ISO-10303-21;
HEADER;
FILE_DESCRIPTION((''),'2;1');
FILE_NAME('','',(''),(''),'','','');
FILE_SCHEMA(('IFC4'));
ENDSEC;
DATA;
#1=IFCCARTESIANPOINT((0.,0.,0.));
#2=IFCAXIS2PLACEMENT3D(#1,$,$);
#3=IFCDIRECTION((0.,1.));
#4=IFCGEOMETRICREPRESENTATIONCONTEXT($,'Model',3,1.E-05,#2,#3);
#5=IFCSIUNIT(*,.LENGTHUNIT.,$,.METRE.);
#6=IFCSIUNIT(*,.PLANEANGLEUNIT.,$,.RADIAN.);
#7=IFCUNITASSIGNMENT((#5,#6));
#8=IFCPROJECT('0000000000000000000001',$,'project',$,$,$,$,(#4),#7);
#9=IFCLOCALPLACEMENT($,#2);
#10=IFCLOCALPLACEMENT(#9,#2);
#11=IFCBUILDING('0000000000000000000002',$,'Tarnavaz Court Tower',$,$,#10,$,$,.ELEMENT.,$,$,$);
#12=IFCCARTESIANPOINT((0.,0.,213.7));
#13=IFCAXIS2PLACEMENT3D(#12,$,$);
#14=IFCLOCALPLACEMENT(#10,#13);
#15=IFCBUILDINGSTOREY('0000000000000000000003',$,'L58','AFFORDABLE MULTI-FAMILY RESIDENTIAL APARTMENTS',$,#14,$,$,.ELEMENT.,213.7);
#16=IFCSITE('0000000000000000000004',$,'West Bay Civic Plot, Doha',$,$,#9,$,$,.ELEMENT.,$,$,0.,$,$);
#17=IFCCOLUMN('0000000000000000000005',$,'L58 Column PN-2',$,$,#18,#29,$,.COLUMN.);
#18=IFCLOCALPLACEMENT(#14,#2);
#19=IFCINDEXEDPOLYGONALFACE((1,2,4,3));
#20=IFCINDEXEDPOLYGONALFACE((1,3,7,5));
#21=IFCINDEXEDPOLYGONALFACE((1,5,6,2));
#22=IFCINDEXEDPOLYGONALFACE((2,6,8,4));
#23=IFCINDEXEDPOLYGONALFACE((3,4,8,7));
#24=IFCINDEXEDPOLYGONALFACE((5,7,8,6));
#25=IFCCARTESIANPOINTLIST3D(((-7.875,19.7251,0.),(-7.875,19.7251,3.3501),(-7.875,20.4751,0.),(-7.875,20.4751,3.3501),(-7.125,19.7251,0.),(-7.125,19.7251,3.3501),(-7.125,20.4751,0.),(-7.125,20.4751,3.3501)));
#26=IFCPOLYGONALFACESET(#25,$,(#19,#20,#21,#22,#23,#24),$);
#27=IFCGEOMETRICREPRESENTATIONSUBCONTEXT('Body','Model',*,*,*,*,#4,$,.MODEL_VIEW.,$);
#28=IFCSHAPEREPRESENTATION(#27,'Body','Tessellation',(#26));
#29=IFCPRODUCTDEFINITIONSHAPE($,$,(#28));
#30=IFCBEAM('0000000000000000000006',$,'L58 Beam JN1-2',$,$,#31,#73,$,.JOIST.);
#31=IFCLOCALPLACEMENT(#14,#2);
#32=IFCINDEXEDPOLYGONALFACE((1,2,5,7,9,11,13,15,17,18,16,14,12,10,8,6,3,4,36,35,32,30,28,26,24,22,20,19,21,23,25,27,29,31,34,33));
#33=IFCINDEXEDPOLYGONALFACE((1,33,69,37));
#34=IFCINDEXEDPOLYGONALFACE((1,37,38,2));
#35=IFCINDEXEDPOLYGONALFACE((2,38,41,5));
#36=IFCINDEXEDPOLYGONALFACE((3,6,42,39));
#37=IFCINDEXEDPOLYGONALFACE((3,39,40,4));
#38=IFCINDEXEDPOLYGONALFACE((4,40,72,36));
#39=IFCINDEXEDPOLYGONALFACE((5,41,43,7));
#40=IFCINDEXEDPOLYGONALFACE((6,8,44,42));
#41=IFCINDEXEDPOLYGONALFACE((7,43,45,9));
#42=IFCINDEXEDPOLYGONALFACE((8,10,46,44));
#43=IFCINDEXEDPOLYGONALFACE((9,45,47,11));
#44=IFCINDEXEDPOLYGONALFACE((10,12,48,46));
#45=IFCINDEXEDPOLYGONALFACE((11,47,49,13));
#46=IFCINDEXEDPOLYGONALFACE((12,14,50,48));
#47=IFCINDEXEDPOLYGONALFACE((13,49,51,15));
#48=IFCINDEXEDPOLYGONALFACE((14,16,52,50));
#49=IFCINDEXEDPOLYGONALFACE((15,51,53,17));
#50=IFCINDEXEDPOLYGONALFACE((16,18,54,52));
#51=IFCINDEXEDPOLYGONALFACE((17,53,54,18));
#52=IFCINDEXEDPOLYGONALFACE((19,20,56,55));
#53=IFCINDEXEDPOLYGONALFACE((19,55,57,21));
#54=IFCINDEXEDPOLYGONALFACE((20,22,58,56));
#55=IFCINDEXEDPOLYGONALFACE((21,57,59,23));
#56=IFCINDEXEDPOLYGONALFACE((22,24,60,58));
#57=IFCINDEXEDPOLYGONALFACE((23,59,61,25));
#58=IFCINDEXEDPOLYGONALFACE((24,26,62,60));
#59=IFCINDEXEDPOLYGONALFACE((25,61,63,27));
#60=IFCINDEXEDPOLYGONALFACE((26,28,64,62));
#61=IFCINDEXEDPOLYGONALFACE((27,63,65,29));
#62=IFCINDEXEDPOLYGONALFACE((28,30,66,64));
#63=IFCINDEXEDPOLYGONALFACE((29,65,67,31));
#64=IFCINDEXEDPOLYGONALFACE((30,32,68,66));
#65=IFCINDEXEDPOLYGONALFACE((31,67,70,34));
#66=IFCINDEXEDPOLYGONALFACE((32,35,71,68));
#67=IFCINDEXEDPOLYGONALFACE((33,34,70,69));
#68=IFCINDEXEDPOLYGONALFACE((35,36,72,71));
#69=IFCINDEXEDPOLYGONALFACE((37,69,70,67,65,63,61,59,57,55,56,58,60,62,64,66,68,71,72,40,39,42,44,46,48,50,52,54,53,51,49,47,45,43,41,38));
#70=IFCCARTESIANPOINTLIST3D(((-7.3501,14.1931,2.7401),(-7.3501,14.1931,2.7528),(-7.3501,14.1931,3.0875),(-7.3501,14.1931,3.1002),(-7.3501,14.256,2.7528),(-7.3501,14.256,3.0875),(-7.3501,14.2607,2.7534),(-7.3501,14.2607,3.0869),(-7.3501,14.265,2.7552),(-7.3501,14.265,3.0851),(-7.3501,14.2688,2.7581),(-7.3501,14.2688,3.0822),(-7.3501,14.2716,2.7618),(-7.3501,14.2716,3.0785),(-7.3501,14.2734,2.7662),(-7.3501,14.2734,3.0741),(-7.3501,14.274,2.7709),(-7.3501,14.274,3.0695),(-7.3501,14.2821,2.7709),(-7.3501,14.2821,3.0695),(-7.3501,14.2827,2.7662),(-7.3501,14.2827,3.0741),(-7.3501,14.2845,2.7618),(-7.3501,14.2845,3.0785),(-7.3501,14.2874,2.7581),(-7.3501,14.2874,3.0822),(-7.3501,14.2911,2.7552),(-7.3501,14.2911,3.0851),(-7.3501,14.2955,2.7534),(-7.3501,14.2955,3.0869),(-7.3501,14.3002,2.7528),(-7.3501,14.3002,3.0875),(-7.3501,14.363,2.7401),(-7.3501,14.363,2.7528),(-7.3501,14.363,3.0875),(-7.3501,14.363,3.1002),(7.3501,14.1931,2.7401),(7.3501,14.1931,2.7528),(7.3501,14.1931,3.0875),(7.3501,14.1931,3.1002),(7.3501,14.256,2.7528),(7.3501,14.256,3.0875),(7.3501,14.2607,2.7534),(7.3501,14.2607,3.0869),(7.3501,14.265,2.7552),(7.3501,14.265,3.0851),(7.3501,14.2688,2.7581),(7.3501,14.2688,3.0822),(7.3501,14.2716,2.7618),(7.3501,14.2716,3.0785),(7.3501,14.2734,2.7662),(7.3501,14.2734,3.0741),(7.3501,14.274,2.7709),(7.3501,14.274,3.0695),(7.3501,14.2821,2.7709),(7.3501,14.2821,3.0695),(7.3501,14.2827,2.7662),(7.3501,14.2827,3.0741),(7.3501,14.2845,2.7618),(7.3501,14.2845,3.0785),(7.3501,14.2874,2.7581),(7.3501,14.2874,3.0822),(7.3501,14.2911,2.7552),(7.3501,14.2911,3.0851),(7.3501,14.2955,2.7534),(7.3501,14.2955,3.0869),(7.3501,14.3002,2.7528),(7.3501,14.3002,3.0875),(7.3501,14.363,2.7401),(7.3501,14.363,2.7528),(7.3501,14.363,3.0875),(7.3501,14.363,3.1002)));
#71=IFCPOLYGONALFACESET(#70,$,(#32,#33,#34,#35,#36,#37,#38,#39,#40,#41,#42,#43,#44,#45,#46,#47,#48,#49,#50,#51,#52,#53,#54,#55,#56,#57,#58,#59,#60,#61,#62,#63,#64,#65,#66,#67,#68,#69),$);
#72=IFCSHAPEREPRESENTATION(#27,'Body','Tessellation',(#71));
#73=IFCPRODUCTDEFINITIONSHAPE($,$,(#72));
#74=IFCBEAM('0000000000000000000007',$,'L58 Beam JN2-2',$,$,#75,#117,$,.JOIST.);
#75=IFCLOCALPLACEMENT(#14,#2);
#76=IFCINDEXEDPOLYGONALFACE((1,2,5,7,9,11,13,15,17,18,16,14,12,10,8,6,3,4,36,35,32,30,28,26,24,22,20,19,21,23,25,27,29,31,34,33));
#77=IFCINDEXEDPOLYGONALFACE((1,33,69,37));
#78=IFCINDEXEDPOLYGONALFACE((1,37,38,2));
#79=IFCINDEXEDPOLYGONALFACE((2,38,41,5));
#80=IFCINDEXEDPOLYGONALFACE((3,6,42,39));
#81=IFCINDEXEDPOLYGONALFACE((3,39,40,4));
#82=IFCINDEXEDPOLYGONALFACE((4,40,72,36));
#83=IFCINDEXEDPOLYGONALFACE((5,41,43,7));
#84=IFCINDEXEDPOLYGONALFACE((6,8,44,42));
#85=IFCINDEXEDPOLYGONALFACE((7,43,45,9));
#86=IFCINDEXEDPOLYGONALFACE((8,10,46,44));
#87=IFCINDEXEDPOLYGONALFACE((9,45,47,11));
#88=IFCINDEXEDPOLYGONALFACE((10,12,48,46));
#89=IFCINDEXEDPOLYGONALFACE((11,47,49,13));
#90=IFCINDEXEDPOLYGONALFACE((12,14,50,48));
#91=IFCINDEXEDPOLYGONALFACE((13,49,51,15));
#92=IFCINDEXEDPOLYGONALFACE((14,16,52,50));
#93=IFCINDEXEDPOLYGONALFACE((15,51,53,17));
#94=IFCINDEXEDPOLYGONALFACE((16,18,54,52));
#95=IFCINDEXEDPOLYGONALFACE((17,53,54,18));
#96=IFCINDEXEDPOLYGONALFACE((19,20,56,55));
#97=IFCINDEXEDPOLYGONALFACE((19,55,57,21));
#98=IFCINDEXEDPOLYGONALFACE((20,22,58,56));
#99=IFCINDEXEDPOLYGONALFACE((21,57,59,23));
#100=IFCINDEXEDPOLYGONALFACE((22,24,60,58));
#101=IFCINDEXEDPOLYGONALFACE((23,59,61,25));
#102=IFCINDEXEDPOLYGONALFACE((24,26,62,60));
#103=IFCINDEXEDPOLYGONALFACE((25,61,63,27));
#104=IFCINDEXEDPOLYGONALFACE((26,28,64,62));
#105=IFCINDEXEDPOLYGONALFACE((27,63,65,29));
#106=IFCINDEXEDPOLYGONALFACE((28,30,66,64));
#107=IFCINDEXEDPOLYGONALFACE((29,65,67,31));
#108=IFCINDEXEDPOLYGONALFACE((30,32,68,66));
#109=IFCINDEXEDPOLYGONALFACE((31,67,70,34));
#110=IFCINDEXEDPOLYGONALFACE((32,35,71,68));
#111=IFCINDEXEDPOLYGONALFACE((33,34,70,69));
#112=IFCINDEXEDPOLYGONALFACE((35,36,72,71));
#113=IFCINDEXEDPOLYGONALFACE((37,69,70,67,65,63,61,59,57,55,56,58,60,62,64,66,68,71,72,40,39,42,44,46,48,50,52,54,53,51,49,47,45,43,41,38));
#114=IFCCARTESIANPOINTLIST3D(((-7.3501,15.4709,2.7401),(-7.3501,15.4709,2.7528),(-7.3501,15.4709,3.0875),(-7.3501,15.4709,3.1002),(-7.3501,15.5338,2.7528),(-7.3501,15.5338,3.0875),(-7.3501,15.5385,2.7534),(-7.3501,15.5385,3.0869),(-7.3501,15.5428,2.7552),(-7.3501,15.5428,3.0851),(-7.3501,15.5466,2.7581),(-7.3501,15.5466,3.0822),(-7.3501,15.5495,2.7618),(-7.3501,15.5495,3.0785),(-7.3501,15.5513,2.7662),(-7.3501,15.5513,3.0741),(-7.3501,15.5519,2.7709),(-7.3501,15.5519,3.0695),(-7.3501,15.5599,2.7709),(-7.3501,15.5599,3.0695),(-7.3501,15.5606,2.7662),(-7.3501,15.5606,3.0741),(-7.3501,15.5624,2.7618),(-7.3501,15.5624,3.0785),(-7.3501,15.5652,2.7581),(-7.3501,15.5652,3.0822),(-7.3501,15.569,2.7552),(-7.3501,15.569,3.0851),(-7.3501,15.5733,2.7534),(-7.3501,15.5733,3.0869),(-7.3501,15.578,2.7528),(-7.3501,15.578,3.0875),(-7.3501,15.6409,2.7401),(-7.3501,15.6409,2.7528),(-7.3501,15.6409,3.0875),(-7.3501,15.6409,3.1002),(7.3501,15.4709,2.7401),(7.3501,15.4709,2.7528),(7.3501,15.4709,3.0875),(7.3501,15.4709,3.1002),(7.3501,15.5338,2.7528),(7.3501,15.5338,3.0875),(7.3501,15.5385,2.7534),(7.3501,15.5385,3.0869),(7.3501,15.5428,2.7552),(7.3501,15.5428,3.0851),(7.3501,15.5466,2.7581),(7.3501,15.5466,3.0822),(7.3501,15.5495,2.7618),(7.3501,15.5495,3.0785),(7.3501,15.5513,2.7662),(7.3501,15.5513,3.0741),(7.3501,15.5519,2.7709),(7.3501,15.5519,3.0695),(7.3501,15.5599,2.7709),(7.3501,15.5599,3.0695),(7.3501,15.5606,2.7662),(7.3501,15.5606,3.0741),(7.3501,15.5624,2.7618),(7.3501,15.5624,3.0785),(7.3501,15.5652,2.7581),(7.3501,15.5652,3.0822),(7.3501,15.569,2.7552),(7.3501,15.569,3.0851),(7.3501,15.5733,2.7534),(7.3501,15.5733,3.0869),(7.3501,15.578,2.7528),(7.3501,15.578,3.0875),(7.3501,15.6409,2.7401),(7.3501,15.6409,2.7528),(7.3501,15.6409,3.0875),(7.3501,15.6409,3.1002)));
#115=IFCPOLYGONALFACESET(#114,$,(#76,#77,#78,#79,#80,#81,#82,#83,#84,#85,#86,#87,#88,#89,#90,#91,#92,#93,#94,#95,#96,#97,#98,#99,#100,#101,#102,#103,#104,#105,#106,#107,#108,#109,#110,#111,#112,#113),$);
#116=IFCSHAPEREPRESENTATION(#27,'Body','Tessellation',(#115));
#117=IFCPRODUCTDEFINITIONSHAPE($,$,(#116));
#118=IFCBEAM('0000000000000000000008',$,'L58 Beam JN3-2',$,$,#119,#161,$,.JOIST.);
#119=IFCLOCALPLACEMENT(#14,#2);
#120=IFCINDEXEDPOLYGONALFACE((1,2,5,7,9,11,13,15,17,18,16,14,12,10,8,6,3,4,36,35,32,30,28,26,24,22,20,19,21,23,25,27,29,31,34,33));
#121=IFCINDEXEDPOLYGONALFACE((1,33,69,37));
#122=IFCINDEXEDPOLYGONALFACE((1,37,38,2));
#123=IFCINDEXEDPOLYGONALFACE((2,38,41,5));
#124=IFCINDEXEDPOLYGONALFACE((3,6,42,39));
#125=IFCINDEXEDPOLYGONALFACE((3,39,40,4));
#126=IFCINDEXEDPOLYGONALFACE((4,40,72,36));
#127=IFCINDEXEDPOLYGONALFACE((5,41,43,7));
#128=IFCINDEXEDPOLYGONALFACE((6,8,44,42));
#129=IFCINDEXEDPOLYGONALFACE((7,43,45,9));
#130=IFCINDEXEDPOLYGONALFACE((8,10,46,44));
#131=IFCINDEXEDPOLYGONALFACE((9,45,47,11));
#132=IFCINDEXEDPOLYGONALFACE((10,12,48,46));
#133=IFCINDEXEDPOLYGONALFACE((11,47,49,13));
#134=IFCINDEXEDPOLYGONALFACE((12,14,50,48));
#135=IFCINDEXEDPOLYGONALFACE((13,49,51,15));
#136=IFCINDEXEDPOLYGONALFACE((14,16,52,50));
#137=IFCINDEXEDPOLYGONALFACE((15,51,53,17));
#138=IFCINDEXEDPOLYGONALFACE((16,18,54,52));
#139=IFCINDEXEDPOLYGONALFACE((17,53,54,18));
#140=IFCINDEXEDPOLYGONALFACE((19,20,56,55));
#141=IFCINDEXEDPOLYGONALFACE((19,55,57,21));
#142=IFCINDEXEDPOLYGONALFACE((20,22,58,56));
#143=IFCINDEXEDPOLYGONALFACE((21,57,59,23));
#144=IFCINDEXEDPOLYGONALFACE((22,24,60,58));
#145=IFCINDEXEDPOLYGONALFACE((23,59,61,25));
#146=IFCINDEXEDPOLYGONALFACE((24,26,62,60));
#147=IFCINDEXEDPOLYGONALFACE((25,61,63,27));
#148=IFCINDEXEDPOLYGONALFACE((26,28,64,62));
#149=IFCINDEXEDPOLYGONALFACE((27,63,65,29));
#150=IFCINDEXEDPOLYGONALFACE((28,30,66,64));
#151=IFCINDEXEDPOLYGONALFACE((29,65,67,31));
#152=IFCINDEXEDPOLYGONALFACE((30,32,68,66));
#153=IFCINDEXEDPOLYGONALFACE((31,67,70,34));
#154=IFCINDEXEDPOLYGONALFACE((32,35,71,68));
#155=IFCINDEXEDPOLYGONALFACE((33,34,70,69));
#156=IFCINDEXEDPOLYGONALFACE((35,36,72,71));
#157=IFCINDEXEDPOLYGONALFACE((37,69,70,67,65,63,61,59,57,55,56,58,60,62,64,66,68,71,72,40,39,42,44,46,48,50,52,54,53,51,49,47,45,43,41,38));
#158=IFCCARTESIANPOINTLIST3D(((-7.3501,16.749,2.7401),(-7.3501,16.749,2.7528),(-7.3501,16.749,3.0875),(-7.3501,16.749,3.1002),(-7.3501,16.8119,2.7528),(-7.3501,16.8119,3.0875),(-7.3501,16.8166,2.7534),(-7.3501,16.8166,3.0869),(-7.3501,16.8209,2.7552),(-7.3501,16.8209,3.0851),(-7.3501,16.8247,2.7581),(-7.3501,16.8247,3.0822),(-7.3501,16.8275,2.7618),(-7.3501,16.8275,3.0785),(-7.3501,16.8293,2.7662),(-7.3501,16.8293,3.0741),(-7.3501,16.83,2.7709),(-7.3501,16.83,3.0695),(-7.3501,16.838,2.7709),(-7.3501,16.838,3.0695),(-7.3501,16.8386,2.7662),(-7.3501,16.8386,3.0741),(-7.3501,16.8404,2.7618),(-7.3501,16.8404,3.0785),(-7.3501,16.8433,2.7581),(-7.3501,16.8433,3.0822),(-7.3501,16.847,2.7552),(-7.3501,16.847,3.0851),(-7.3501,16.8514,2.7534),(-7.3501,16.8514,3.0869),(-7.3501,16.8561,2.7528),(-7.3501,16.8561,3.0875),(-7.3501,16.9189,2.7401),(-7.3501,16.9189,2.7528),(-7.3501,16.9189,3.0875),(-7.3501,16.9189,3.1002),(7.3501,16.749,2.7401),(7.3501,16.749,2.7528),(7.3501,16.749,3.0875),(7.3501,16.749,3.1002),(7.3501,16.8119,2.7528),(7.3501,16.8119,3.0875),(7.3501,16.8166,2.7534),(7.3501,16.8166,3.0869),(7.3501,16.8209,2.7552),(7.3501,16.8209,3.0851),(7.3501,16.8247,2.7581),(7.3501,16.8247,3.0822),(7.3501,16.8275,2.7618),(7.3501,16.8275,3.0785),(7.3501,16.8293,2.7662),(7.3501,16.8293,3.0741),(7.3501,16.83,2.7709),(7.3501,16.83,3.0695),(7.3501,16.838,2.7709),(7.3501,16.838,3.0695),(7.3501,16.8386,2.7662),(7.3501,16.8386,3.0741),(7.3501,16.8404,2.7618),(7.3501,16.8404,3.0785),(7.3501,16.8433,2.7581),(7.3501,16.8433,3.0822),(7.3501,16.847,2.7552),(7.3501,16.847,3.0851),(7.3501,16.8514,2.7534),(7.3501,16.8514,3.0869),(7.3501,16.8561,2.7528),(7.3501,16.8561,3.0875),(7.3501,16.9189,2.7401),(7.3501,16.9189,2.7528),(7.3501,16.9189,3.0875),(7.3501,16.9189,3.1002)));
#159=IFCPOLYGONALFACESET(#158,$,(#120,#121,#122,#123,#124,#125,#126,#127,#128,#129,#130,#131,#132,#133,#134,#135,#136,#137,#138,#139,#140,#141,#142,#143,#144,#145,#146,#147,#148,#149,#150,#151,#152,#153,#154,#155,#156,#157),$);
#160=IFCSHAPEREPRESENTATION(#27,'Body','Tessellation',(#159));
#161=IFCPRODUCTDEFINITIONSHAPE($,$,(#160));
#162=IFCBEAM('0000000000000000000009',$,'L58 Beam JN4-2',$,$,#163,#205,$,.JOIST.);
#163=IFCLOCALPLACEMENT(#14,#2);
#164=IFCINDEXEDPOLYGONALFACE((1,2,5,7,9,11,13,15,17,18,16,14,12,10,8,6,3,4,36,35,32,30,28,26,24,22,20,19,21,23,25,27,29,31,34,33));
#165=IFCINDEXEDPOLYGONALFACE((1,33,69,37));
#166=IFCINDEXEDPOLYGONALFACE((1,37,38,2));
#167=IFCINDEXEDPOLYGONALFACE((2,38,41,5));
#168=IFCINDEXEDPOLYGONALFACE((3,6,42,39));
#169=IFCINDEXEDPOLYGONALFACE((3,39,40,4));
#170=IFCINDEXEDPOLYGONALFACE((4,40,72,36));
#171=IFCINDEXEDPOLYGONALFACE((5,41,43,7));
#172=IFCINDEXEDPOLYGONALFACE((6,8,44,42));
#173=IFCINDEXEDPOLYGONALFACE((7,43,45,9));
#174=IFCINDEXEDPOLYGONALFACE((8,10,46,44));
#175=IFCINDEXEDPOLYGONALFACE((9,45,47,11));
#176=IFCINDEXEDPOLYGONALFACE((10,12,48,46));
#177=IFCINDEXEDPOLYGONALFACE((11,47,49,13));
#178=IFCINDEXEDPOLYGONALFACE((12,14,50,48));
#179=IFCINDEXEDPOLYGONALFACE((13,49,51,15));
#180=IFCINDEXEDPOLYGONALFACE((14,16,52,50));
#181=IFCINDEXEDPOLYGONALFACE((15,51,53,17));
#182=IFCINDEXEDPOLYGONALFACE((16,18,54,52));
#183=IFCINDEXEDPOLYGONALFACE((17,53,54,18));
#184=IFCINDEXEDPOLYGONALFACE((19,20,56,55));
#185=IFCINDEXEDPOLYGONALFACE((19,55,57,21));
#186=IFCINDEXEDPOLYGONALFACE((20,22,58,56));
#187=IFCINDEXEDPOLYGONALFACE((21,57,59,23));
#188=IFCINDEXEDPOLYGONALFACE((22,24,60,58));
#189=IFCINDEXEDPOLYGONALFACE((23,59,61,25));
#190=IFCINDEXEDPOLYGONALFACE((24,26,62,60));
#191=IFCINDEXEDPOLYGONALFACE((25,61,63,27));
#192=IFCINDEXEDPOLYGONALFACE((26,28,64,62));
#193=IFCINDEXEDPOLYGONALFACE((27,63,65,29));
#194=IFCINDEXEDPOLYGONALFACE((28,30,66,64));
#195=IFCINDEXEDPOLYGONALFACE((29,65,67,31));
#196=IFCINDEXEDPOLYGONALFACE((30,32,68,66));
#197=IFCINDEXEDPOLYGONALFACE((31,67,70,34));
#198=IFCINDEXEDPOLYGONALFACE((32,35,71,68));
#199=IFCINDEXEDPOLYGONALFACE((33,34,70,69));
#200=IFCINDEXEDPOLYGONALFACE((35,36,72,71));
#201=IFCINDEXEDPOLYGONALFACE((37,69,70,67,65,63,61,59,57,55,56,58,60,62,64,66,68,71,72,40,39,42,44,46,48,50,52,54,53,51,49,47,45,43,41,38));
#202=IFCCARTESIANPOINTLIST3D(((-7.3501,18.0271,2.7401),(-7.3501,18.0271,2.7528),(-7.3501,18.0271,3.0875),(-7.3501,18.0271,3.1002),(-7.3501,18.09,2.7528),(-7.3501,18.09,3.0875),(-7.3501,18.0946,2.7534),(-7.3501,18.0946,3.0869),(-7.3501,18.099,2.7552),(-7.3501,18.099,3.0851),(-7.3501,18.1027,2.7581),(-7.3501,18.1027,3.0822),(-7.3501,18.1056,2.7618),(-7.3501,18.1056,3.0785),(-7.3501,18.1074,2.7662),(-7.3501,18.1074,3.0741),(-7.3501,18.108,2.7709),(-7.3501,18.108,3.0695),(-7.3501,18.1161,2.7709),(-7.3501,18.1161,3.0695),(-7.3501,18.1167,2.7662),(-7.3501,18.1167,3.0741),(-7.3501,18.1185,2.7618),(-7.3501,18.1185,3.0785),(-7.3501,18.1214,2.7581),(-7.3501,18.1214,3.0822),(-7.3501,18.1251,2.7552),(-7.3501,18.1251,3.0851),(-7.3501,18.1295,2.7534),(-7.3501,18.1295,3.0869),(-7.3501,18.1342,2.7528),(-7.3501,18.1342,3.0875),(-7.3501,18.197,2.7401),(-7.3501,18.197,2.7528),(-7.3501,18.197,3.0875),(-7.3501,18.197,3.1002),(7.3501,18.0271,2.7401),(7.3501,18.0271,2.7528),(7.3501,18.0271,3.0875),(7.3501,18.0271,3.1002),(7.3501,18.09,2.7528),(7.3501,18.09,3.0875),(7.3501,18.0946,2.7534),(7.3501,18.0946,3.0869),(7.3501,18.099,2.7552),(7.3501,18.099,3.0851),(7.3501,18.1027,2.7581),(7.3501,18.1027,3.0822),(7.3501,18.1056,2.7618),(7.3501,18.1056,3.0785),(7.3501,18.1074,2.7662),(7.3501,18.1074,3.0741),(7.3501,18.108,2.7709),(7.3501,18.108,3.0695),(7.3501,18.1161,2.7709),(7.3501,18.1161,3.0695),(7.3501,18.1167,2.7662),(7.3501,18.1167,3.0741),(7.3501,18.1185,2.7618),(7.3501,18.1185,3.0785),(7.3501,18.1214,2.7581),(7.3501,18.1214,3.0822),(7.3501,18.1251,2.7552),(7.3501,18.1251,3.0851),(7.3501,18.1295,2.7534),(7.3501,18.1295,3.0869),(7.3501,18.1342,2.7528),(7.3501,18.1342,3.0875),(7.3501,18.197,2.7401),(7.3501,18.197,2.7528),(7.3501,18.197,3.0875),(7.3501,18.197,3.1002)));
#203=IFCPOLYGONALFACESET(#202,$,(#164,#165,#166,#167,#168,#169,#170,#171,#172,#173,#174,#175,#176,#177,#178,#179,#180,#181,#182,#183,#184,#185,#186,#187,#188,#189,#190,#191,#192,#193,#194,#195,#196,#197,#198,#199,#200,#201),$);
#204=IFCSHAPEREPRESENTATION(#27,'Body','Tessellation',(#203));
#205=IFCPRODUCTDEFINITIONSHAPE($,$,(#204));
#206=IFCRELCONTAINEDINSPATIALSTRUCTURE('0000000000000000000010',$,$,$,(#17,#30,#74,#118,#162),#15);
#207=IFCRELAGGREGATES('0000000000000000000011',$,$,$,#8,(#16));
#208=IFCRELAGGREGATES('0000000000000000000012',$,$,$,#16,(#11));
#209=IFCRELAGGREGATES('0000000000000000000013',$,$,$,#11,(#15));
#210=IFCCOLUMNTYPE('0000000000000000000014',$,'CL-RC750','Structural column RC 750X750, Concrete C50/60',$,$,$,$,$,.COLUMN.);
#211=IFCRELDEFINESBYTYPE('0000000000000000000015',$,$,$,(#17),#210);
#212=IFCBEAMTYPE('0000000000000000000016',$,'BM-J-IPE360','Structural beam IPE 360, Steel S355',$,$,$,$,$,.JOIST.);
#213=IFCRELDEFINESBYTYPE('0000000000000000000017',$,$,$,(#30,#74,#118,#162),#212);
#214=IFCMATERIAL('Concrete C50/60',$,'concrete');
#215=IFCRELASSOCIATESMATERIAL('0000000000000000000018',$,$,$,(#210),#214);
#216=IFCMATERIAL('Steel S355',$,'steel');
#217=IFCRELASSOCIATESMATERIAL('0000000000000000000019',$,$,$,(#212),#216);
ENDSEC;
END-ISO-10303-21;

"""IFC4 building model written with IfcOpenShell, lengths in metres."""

from ifc_helpers import new_model, si_unit, direction, frame, origin, origin_2d, place, context, subcontext, project, spatial, rectangle, i_section, extrude, material, material_profile, profile_set, type_object, element, save


model = new_model("IFC4")

# Units and contexts
model_context = context("Model", 3, precision=1e-05, world=origin(), true_north=direction((0.0, 1.0)))
body_context = subcontext(model_context, "Body", "Model", "MODEL_VIEW")
ifc_project = project(units=[si_unit("LENGTHUNIT", "METRE"), si_unit("PLANEANGLEUNIT", "RADIAN")], contexts=[model_context])

# Site, building, storey
site_placement = place(None, origin())
site = spatial("IfcSite", under=ifc_project, at=site_placement, Name="West Bay Civic Plot, Doha", CompositionType="ELEMENT", RefElevation=0.0)
building_placement = place(site_placement, origin())
building = spatial("IfcBuilding", under=site, at=building_placement, Name="Tarnavaz Court Tower", CompositionType="ELEMENT")
storey_placement = place(building_placement, frame((0.0, 0.0, 213.7)))
storey = spatial("IfcBuildingStorey", under=building, at=storey_placement, Name="L58", Description="AFFORDABLE MULTI-FAMILY RESIDENTIAL APARTMENTS", CompositionType="ELEMENT", Elevation=213.7)

# Column
ifc_material_1 = material(Name="Concrete C50/60", Category="concrete")
ifc_material_profile_1 = material_profile(ifc_material_1, rectangle(XDim=0.75, YDim=0.75, at=origin_2d()), Name="RC 750X750")
ifc_profile_set_1 = profile_set([ifc_material_profile_1], Name="Concrete C50/60")
column_type = type_object("IfcColumnType", Name="CL-RC750", Description="Structural column RC 750X750, Concrete C50/60", PredefinedType="COLUMN", material=ifc_profile_set_1)
column_placement = place(storey_placement, frame((-7.5, 20.1001, 0.0), z_axis=(0.0, 0.0, 1.0), x_axis=(1.0, 0.0, 0.0)))
element("IfcColumn", 1, at=column_placement, inside=storey, type_object=column_type, Name="L58 Column PN-2", PredefinedType="COLUMN", context=body_context, shape_type="SweptSolid", body=[
    extrude(rectangle(XDim=0.75, YDim=0.75, at=origin_2d()), origin(), (0.0, 0.0, 1.0), 3.3501),
])

# Beams
ifc_material_2 = material(Name="Steel S355", Category="steel")
ifc_material_profile_2 = material_profile(ifc_material_2, i_section(OverallWidth=0.1699, OverallDepth=0.3601, WebThickness=0.0081, FlangeThickness=0.0127, FilletRadius=0.0181, at=origin_2d()), Name="IPE 360")
ifc_profile_set_2 = profile_set([ifc_material_profile_2], Name="Steel S355")
beam_type_1 = type_object("IfcBeamType", Name="BM-J-IPE360", Description="Structural beam IPE 360, Steel S355", PredefinedType="JOIST", material=ifc_profile_set_2)
for number, where, z_axis, x_axis, name in (
    (2, (-7.3501, 14.2781, 2.9202), (1.0, 0.0, 0.0), (0.0, 1.0, 0.0), "L58 Beam JN1-2"),
    (3, (-7.3501, 15.5559, 2.9202), (1.0, 0.0, 0.0), (0.0, 1.0, 0.0), "L58 Beam JN2-2"),
    (4, (-7.3501, 16.834, 2.9202), (1.0, 0.0, 0.0), (0.0, 1.0, 0.0), "L58 Beam JN3-2"),
    (5, (-7.3501, 18.1121, 2.9202), (1.0, 0.0, 0.0), (0.0, 1.0, 0.0), "L58 Beam JN4-2"),
):
    element("IfcBeam", number, at=place(storey_placement, frame(where, z_axis=z_axis, x_axis=x_axis)), inside=storey, type_object=beam_type_1, Name=name, PredefinedType="JOIST", context=body_context, shape_type="SweptSolid", body=[
        extrude(i_section(OverallWidth=0.1699, OverallDepth=0.3601, WebThickness=0.0081, FlangeThickness=0.0127, FilletRadius=0.0181, at=origin_2d()), origin(), (0.0, 0.0, 1.0), 14.7002),
    ])

save(model, "model.ifc")
